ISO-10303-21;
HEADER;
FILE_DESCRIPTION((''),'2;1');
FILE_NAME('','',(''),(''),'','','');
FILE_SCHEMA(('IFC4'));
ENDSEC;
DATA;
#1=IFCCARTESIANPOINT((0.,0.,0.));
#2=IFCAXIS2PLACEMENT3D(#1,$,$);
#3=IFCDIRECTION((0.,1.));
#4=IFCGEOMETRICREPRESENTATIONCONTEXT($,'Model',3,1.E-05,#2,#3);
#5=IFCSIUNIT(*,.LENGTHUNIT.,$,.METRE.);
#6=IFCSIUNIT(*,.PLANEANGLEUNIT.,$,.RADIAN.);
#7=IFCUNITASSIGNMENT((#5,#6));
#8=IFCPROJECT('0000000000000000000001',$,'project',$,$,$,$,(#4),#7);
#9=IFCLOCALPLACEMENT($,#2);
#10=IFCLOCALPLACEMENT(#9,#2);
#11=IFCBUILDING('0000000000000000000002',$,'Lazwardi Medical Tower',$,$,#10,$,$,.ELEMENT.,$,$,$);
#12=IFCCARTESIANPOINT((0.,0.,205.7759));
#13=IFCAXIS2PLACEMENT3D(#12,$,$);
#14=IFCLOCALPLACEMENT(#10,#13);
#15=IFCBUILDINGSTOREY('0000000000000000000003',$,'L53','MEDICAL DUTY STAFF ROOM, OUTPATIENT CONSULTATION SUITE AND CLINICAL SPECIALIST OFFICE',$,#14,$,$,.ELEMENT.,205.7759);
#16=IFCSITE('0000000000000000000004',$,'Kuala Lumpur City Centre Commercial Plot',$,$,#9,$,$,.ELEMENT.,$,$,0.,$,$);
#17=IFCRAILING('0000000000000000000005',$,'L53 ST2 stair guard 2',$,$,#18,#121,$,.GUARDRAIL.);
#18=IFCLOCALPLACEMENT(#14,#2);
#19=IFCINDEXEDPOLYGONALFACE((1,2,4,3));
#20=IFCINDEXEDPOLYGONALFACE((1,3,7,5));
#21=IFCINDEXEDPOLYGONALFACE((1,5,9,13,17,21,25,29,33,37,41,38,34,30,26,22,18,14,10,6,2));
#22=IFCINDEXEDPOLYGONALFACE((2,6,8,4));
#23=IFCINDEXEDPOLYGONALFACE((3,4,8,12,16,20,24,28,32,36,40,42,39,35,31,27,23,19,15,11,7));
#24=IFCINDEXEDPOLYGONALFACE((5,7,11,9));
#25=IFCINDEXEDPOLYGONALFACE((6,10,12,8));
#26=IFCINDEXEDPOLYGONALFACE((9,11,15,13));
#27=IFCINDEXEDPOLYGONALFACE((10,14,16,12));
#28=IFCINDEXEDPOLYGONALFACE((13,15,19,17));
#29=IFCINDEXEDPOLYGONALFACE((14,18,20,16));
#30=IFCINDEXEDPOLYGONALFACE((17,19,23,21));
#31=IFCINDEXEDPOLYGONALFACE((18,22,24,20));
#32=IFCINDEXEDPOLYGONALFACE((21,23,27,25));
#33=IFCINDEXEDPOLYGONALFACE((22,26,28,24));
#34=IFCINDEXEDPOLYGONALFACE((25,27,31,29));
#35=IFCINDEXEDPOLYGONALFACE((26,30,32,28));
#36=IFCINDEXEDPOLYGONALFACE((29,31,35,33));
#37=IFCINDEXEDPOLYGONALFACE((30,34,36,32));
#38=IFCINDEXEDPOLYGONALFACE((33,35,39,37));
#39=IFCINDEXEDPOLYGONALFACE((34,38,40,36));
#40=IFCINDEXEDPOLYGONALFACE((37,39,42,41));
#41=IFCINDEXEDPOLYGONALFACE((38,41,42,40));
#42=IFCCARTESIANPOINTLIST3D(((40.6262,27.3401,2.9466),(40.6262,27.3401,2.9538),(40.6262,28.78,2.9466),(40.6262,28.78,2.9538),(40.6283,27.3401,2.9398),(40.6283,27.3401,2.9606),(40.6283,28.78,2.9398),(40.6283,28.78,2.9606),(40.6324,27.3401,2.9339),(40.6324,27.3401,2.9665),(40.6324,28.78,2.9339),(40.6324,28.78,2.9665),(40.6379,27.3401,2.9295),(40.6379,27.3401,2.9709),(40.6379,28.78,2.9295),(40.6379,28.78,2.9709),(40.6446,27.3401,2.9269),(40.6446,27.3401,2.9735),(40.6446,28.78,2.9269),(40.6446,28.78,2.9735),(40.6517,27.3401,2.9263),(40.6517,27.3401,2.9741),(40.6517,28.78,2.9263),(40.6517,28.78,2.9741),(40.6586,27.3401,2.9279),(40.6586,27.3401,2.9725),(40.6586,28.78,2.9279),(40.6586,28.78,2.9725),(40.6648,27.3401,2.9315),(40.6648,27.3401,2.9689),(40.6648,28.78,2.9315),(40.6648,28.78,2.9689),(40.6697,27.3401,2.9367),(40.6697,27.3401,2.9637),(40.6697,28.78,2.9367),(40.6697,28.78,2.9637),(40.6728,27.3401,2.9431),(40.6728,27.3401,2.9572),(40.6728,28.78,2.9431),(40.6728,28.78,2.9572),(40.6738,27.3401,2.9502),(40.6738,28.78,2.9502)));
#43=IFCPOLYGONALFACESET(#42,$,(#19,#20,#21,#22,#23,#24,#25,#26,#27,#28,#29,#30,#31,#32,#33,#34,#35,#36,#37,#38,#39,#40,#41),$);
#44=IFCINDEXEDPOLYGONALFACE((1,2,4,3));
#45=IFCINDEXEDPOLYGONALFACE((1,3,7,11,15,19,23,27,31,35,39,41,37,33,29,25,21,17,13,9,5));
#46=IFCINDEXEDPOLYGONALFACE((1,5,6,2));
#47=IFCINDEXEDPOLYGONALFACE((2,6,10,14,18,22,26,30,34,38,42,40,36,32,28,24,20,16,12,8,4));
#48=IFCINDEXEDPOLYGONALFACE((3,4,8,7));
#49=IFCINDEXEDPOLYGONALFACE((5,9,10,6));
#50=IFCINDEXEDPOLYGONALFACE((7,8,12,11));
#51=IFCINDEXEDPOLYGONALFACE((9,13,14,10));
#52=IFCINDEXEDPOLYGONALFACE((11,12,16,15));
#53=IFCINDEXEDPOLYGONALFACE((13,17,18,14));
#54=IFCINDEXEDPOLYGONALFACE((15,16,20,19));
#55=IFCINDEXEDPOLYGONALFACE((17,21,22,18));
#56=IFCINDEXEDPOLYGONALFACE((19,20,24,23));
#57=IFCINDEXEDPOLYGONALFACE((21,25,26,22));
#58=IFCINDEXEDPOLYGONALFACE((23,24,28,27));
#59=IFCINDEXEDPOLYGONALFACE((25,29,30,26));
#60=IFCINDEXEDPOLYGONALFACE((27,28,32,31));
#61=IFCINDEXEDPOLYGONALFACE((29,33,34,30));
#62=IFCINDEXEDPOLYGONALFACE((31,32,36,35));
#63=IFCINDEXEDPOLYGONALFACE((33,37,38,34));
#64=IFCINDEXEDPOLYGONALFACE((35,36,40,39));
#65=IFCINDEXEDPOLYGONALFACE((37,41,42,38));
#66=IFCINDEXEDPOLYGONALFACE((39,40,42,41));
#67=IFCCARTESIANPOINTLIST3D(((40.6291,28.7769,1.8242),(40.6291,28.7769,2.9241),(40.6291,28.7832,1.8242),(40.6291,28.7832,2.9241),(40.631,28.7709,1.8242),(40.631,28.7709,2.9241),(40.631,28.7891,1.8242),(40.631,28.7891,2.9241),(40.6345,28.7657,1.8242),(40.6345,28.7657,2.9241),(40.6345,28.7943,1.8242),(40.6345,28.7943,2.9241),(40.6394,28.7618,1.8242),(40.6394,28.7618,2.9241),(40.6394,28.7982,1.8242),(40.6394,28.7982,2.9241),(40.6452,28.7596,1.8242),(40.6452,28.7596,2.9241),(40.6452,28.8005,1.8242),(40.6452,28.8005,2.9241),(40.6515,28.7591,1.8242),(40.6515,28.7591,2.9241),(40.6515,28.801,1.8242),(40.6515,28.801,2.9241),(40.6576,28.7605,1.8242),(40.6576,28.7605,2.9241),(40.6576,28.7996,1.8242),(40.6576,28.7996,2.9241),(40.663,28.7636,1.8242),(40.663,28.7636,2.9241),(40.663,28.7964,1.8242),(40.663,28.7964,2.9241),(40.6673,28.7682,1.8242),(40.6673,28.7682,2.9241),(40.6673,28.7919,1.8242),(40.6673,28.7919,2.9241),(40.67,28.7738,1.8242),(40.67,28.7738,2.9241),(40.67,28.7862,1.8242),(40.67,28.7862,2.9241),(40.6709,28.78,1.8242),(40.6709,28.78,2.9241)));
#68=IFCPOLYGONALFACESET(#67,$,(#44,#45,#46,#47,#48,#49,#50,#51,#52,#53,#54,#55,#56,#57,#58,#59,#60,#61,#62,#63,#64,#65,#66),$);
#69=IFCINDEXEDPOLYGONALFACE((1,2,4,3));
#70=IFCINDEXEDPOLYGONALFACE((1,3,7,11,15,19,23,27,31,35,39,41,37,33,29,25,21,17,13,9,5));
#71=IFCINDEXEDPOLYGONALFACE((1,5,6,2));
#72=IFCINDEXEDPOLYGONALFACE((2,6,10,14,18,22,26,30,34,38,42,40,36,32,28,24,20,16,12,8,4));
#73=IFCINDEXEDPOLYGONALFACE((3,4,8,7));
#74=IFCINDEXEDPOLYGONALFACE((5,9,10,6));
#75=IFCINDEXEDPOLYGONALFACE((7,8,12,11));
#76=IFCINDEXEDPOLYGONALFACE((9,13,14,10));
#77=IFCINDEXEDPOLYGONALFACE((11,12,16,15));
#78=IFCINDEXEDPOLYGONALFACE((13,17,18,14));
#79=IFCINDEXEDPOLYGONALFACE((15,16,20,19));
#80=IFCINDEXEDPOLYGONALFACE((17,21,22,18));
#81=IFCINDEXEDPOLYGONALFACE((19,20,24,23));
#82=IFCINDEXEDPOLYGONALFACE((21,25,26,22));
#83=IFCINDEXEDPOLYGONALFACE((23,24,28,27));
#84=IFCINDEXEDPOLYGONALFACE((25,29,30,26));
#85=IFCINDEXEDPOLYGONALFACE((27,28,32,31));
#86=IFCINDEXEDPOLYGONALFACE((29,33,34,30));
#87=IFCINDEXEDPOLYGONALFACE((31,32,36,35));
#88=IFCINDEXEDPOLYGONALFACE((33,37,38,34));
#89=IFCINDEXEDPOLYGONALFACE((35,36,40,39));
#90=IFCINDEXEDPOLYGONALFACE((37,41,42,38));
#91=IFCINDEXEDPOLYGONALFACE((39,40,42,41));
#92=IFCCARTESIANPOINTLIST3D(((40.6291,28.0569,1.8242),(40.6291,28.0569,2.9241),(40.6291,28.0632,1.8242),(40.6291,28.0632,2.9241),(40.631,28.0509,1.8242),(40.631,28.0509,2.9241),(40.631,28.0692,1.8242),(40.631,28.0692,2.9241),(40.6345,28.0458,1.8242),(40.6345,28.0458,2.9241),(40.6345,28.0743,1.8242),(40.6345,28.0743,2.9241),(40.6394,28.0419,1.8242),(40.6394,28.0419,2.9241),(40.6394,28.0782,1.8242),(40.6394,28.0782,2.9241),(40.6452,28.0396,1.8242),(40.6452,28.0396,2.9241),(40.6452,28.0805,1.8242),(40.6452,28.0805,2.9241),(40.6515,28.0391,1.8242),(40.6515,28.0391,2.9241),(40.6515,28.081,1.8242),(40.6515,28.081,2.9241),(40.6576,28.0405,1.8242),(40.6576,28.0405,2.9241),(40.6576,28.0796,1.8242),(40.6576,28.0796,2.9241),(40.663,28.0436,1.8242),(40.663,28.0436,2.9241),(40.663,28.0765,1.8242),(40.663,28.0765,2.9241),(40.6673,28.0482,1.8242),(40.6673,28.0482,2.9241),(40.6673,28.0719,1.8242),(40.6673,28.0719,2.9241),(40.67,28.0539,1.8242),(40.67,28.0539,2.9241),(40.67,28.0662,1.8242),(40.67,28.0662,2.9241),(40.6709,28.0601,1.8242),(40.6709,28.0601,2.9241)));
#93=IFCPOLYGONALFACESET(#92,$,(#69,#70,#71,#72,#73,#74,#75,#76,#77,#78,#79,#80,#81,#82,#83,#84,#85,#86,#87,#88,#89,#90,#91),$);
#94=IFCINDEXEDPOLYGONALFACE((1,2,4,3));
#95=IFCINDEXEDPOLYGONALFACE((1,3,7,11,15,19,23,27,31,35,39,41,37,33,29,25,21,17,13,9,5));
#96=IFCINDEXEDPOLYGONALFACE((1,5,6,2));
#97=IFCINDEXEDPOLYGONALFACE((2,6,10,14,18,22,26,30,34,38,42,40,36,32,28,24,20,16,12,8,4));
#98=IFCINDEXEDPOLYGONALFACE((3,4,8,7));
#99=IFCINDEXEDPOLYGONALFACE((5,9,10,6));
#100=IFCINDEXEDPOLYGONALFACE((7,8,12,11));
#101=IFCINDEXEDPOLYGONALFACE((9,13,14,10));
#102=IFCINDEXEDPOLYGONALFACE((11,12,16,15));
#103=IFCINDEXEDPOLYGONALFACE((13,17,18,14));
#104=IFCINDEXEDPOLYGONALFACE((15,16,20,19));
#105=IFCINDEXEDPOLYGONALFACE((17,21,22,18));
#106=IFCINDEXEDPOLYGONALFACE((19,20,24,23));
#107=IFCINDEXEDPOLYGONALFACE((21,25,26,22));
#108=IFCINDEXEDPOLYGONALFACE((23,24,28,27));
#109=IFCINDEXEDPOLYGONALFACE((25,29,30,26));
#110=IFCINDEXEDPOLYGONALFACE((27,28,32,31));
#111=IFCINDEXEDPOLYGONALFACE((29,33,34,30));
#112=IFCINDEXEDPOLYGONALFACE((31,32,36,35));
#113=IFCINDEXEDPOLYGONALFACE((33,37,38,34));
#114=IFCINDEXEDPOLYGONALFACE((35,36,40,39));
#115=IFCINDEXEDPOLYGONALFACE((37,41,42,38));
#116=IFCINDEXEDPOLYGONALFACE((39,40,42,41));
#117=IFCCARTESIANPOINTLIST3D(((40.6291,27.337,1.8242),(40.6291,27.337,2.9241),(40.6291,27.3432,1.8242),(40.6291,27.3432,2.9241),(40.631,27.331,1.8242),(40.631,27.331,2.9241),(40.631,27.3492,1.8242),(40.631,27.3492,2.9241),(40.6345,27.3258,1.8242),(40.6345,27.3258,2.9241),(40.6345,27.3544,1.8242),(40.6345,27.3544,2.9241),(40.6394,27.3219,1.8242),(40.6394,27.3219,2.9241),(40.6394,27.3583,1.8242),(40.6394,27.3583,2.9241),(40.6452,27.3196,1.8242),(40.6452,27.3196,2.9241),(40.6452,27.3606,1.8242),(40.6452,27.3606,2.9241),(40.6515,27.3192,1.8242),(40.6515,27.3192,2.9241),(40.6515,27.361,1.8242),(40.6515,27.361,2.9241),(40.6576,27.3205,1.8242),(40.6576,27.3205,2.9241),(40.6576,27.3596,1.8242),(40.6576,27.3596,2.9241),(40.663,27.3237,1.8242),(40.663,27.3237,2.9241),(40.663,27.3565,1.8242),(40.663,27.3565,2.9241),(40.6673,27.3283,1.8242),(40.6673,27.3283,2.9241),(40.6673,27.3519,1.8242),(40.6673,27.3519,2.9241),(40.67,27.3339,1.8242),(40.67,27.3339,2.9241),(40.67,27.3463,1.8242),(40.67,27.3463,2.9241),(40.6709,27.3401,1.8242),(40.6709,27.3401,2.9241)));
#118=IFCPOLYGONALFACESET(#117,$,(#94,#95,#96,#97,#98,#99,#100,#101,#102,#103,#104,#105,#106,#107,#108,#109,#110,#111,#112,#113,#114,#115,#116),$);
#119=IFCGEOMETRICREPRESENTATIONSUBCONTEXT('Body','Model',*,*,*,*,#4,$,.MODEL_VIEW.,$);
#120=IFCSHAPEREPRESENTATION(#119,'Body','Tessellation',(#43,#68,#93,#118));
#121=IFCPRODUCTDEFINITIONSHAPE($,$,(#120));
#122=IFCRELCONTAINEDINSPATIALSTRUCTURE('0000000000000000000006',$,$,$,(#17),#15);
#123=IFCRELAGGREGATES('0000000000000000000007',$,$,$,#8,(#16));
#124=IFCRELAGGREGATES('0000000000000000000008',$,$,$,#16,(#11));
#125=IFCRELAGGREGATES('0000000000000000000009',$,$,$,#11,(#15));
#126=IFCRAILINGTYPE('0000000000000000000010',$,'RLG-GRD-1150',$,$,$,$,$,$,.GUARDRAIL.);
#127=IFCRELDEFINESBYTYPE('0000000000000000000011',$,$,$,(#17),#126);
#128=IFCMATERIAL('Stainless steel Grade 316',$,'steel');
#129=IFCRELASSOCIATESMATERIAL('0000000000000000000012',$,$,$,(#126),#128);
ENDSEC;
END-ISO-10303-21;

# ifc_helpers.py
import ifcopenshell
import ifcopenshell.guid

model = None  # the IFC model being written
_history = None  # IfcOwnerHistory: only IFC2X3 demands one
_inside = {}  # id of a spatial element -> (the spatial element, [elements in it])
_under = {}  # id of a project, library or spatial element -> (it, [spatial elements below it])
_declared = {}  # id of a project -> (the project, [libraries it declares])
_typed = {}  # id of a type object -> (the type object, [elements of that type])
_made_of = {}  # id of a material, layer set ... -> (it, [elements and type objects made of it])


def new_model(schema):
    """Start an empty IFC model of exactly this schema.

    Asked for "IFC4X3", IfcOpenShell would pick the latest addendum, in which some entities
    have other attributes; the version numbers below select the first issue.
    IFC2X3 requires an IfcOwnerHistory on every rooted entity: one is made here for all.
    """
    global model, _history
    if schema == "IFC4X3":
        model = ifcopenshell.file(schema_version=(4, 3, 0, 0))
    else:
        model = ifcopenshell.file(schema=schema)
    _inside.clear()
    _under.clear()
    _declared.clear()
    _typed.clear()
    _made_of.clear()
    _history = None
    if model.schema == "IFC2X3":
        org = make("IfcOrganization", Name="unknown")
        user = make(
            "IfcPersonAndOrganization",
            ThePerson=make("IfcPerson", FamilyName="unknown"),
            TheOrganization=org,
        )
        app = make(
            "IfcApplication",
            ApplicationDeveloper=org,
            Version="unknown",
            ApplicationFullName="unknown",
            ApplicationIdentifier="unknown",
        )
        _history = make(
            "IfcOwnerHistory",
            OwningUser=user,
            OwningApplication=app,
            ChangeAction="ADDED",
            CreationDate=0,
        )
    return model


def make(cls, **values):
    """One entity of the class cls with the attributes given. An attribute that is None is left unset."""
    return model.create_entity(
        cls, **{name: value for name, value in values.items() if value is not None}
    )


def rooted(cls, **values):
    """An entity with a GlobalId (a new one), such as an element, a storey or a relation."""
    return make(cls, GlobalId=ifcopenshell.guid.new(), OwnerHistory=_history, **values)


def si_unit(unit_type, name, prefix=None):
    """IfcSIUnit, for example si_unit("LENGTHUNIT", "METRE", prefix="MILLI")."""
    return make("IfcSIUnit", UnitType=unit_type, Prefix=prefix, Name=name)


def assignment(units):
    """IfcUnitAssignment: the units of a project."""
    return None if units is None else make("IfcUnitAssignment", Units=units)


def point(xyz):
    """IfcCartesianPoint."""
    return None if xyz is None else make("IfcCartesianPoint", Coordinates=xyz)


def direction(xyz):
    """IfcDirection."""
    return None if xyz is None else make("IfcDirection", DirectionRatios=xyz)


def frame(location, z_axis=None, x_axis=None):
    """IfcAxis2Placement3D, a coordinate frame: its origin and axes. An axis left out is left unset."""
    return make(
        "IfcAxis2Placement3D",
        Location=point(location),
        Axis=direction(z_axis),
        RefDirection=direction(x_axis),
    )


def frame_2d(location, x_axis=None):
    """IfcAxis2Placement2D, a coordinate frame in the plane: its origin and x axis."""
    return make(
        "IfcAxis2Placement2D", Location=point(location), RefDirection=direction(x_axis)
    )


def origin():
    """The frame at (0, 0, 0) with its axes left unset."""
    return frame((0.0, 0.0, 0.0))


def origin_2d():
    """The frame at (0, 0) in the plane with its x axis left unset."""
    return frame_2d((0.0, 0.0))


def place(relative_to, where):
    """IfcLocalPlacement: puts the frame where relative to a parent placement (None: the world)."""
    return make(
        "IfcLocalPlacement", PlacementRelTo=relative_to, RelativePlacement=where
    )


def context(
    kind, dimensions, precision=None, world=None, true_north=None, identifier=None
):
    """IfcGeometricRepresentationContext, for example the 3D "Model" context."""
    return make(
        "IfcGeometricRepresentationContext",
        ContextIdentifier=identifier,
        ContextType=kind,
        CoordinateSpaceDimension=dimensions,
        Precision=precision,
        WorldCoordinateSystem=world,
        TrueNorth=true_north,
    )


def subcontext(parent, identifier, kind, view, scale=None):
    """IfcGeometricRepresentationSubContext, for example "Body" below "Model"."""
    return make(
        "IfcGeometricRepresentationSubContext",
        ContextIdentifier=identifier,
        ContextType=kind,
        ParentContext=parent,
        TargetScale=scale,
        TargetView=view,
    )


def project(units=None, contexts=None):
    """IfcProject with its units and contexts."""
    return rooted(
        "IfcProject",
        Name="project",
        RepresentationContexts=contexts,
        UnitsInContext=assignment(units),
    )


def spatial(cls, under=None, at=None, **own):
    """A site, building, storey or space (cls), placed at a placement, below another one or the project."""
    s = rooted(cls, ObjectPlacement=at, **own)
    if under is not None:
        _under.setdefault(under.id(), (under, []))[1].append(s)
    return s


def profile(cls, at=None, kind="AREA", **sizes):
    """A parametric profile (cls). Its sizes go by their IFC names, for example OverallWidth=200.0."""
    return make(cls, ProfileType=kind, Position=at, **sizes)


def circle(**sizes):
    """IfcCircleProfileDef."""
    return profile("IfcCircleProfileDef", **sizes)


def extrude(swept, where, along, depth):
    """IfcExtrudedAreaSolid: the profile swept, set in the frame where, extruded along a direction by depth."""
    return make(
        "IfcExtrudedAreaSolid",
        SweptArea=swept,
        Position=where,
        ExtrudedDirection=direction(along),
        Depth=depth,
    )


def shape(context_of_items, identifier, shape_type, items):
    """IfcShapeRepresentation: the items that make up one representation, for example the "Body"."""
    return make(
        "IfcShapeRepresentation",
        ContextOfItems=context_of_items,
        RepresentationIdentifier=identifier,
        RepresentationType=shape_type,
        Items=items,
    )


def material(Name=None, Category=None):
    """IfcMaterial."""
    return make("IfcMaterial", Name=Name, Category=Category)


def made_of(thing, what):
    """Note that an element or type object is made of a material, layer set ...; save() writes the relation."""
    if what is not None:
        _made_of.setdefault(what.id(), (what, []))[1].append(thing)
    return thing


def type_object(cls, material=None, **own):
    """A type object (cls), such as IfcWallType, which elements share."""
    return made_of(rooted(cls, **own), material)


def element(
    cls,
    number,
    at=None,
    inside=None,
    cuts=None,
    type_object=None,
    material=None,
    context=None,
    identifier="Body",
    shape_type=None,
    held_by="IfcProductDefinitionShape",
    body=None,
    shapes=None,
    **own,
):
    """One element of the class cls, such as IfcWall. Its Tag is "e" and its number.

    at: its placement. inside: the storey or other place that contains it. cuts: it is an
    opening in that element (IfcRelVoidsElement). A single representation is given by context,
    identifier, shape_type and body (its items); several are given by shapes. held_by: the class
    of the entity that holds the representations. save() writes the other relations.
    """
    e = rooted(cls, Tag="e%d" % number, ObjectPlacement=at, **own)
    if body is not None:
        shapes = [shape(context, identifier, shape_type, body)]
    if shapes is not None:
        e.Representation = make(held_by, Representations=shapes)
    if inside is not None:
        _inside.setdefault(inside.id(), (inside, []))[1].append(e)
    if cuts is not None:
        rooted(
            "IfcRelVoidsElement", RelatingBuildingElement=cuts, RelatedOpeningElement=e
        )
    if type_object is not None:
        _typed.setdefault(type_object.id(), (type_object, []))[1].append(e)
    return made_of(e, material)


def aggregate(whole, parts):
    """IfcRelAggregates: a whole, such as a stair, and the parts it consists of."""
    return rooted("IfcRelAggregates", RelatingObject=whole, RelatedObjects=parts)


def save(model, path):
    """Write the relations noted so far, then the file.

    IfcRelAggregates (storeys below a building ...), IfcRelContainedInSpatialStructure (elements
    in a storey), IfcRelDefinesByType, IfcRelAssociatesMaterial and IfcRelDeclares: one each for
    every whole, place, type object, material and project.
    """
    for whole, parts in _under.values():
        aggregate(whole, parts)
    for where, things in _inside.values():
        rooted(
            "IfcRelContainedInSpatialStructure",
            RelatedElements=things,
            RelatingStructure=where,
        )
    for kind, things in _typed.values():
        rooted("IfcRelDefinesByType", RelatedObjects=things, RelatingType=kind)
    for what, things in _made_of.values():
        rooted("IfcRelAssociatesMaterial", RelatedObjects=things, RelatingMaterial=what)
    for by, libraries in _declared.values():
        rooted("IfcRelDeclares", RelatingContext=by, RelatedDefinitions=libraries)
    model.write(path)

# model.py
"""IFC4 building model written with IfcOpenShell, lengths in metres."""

from ifc_helpers import new_model, si_unit, direction, frame, origin, origin_2d, place, context, subcontext, project, spatial, circle, extrude, material, type_object, element, save


model = new_model("IFC4")

# Units and contexts
model_context = context("Model", 3, precision=1e-05, world=origin(), true_north=direction((0.0, 1.0)))
body_context = subcontext(model_context, "Body", "Model", "MODEL_VIEW")
ifc_project = project(units=[si_unit("LENGTHUNIT", "METRE"), si_unit("PLANEANGLEUNIT", "RADIAN")], contexts=[model_context])

# Site, building, storey
site_placement = place(None, origin())
site = spatial("IfcSite", under=ifc_project, at=site_placement, Name="Kuala Lumpur City Centre Commercial Plot", CompositionType="ELEMENT", RefElevation=0.0)
building_placement = place(site_placement, origin())
building = spatial("IfcBuilding", under=site, at=building_placement, Name="Lazwardi Medical Tower", CompositionType="ELEMENT")
storey_placement = place(building_placement, frame((0.0, 0.0, 205.7759)))
storey = spatial("IfcBuildingStorey", under=building, at=storey_placement, Name="L53", Description="MEDICAL DUTY STAFF ROOM, OUTPATIENT CONSULTATION SUITE AND CLINICAL SPECIALIST OFFICE", CompositionType="ELEMENT", Elevation=205.7759)

# Railing
ifc_material_1 = material(Name="Stainless steel Grade 316", Category="steel")
railing_type_1 = type_object("IfcRailingType", Name="RLG-GRD-1150", PredefinedType="GUARDRAIL", material=ifc_material_1)
railing_1_placement = place(storey_placement, frame((40.6499, 28.78, 1.8242)))
element("IfcRailing", 1, at=railing_1_placement, inside=storey, type_object=railing_type_1, Name="L53 ST2 stair guard 2", PredefinedType="GUARDRAIL", context=body_context, shape_type="SweptSolid", body=[
    extrude(circle(Radius=0.0239, at=origin_2d()), frame((0.0, 0.0, 1.126), z_axis=(0.0, -1.0, 0.0), x_axis=(1.0, 0.0, 0.0)), (0.0, 0.0, 1.0), 1.4399),
    extrude(circle(Radius=0.021, at=origin_2d()), origin(), (0.0, 0.0, 1.0), 1.0999),
    extrude(circle(Radius=0.021, at=origin_2d()), frame((0.0, -0.72, 0.0)), (0.0, 0.0, 1.0), 1.0999),
    extrude(circle(Radius=0.021, at=origin_2d()), frame((0.0, -1.4399, 0.0)), (0.0, 0.0, 1.0), 1.0999),
])

save(model, "model.ifc")
